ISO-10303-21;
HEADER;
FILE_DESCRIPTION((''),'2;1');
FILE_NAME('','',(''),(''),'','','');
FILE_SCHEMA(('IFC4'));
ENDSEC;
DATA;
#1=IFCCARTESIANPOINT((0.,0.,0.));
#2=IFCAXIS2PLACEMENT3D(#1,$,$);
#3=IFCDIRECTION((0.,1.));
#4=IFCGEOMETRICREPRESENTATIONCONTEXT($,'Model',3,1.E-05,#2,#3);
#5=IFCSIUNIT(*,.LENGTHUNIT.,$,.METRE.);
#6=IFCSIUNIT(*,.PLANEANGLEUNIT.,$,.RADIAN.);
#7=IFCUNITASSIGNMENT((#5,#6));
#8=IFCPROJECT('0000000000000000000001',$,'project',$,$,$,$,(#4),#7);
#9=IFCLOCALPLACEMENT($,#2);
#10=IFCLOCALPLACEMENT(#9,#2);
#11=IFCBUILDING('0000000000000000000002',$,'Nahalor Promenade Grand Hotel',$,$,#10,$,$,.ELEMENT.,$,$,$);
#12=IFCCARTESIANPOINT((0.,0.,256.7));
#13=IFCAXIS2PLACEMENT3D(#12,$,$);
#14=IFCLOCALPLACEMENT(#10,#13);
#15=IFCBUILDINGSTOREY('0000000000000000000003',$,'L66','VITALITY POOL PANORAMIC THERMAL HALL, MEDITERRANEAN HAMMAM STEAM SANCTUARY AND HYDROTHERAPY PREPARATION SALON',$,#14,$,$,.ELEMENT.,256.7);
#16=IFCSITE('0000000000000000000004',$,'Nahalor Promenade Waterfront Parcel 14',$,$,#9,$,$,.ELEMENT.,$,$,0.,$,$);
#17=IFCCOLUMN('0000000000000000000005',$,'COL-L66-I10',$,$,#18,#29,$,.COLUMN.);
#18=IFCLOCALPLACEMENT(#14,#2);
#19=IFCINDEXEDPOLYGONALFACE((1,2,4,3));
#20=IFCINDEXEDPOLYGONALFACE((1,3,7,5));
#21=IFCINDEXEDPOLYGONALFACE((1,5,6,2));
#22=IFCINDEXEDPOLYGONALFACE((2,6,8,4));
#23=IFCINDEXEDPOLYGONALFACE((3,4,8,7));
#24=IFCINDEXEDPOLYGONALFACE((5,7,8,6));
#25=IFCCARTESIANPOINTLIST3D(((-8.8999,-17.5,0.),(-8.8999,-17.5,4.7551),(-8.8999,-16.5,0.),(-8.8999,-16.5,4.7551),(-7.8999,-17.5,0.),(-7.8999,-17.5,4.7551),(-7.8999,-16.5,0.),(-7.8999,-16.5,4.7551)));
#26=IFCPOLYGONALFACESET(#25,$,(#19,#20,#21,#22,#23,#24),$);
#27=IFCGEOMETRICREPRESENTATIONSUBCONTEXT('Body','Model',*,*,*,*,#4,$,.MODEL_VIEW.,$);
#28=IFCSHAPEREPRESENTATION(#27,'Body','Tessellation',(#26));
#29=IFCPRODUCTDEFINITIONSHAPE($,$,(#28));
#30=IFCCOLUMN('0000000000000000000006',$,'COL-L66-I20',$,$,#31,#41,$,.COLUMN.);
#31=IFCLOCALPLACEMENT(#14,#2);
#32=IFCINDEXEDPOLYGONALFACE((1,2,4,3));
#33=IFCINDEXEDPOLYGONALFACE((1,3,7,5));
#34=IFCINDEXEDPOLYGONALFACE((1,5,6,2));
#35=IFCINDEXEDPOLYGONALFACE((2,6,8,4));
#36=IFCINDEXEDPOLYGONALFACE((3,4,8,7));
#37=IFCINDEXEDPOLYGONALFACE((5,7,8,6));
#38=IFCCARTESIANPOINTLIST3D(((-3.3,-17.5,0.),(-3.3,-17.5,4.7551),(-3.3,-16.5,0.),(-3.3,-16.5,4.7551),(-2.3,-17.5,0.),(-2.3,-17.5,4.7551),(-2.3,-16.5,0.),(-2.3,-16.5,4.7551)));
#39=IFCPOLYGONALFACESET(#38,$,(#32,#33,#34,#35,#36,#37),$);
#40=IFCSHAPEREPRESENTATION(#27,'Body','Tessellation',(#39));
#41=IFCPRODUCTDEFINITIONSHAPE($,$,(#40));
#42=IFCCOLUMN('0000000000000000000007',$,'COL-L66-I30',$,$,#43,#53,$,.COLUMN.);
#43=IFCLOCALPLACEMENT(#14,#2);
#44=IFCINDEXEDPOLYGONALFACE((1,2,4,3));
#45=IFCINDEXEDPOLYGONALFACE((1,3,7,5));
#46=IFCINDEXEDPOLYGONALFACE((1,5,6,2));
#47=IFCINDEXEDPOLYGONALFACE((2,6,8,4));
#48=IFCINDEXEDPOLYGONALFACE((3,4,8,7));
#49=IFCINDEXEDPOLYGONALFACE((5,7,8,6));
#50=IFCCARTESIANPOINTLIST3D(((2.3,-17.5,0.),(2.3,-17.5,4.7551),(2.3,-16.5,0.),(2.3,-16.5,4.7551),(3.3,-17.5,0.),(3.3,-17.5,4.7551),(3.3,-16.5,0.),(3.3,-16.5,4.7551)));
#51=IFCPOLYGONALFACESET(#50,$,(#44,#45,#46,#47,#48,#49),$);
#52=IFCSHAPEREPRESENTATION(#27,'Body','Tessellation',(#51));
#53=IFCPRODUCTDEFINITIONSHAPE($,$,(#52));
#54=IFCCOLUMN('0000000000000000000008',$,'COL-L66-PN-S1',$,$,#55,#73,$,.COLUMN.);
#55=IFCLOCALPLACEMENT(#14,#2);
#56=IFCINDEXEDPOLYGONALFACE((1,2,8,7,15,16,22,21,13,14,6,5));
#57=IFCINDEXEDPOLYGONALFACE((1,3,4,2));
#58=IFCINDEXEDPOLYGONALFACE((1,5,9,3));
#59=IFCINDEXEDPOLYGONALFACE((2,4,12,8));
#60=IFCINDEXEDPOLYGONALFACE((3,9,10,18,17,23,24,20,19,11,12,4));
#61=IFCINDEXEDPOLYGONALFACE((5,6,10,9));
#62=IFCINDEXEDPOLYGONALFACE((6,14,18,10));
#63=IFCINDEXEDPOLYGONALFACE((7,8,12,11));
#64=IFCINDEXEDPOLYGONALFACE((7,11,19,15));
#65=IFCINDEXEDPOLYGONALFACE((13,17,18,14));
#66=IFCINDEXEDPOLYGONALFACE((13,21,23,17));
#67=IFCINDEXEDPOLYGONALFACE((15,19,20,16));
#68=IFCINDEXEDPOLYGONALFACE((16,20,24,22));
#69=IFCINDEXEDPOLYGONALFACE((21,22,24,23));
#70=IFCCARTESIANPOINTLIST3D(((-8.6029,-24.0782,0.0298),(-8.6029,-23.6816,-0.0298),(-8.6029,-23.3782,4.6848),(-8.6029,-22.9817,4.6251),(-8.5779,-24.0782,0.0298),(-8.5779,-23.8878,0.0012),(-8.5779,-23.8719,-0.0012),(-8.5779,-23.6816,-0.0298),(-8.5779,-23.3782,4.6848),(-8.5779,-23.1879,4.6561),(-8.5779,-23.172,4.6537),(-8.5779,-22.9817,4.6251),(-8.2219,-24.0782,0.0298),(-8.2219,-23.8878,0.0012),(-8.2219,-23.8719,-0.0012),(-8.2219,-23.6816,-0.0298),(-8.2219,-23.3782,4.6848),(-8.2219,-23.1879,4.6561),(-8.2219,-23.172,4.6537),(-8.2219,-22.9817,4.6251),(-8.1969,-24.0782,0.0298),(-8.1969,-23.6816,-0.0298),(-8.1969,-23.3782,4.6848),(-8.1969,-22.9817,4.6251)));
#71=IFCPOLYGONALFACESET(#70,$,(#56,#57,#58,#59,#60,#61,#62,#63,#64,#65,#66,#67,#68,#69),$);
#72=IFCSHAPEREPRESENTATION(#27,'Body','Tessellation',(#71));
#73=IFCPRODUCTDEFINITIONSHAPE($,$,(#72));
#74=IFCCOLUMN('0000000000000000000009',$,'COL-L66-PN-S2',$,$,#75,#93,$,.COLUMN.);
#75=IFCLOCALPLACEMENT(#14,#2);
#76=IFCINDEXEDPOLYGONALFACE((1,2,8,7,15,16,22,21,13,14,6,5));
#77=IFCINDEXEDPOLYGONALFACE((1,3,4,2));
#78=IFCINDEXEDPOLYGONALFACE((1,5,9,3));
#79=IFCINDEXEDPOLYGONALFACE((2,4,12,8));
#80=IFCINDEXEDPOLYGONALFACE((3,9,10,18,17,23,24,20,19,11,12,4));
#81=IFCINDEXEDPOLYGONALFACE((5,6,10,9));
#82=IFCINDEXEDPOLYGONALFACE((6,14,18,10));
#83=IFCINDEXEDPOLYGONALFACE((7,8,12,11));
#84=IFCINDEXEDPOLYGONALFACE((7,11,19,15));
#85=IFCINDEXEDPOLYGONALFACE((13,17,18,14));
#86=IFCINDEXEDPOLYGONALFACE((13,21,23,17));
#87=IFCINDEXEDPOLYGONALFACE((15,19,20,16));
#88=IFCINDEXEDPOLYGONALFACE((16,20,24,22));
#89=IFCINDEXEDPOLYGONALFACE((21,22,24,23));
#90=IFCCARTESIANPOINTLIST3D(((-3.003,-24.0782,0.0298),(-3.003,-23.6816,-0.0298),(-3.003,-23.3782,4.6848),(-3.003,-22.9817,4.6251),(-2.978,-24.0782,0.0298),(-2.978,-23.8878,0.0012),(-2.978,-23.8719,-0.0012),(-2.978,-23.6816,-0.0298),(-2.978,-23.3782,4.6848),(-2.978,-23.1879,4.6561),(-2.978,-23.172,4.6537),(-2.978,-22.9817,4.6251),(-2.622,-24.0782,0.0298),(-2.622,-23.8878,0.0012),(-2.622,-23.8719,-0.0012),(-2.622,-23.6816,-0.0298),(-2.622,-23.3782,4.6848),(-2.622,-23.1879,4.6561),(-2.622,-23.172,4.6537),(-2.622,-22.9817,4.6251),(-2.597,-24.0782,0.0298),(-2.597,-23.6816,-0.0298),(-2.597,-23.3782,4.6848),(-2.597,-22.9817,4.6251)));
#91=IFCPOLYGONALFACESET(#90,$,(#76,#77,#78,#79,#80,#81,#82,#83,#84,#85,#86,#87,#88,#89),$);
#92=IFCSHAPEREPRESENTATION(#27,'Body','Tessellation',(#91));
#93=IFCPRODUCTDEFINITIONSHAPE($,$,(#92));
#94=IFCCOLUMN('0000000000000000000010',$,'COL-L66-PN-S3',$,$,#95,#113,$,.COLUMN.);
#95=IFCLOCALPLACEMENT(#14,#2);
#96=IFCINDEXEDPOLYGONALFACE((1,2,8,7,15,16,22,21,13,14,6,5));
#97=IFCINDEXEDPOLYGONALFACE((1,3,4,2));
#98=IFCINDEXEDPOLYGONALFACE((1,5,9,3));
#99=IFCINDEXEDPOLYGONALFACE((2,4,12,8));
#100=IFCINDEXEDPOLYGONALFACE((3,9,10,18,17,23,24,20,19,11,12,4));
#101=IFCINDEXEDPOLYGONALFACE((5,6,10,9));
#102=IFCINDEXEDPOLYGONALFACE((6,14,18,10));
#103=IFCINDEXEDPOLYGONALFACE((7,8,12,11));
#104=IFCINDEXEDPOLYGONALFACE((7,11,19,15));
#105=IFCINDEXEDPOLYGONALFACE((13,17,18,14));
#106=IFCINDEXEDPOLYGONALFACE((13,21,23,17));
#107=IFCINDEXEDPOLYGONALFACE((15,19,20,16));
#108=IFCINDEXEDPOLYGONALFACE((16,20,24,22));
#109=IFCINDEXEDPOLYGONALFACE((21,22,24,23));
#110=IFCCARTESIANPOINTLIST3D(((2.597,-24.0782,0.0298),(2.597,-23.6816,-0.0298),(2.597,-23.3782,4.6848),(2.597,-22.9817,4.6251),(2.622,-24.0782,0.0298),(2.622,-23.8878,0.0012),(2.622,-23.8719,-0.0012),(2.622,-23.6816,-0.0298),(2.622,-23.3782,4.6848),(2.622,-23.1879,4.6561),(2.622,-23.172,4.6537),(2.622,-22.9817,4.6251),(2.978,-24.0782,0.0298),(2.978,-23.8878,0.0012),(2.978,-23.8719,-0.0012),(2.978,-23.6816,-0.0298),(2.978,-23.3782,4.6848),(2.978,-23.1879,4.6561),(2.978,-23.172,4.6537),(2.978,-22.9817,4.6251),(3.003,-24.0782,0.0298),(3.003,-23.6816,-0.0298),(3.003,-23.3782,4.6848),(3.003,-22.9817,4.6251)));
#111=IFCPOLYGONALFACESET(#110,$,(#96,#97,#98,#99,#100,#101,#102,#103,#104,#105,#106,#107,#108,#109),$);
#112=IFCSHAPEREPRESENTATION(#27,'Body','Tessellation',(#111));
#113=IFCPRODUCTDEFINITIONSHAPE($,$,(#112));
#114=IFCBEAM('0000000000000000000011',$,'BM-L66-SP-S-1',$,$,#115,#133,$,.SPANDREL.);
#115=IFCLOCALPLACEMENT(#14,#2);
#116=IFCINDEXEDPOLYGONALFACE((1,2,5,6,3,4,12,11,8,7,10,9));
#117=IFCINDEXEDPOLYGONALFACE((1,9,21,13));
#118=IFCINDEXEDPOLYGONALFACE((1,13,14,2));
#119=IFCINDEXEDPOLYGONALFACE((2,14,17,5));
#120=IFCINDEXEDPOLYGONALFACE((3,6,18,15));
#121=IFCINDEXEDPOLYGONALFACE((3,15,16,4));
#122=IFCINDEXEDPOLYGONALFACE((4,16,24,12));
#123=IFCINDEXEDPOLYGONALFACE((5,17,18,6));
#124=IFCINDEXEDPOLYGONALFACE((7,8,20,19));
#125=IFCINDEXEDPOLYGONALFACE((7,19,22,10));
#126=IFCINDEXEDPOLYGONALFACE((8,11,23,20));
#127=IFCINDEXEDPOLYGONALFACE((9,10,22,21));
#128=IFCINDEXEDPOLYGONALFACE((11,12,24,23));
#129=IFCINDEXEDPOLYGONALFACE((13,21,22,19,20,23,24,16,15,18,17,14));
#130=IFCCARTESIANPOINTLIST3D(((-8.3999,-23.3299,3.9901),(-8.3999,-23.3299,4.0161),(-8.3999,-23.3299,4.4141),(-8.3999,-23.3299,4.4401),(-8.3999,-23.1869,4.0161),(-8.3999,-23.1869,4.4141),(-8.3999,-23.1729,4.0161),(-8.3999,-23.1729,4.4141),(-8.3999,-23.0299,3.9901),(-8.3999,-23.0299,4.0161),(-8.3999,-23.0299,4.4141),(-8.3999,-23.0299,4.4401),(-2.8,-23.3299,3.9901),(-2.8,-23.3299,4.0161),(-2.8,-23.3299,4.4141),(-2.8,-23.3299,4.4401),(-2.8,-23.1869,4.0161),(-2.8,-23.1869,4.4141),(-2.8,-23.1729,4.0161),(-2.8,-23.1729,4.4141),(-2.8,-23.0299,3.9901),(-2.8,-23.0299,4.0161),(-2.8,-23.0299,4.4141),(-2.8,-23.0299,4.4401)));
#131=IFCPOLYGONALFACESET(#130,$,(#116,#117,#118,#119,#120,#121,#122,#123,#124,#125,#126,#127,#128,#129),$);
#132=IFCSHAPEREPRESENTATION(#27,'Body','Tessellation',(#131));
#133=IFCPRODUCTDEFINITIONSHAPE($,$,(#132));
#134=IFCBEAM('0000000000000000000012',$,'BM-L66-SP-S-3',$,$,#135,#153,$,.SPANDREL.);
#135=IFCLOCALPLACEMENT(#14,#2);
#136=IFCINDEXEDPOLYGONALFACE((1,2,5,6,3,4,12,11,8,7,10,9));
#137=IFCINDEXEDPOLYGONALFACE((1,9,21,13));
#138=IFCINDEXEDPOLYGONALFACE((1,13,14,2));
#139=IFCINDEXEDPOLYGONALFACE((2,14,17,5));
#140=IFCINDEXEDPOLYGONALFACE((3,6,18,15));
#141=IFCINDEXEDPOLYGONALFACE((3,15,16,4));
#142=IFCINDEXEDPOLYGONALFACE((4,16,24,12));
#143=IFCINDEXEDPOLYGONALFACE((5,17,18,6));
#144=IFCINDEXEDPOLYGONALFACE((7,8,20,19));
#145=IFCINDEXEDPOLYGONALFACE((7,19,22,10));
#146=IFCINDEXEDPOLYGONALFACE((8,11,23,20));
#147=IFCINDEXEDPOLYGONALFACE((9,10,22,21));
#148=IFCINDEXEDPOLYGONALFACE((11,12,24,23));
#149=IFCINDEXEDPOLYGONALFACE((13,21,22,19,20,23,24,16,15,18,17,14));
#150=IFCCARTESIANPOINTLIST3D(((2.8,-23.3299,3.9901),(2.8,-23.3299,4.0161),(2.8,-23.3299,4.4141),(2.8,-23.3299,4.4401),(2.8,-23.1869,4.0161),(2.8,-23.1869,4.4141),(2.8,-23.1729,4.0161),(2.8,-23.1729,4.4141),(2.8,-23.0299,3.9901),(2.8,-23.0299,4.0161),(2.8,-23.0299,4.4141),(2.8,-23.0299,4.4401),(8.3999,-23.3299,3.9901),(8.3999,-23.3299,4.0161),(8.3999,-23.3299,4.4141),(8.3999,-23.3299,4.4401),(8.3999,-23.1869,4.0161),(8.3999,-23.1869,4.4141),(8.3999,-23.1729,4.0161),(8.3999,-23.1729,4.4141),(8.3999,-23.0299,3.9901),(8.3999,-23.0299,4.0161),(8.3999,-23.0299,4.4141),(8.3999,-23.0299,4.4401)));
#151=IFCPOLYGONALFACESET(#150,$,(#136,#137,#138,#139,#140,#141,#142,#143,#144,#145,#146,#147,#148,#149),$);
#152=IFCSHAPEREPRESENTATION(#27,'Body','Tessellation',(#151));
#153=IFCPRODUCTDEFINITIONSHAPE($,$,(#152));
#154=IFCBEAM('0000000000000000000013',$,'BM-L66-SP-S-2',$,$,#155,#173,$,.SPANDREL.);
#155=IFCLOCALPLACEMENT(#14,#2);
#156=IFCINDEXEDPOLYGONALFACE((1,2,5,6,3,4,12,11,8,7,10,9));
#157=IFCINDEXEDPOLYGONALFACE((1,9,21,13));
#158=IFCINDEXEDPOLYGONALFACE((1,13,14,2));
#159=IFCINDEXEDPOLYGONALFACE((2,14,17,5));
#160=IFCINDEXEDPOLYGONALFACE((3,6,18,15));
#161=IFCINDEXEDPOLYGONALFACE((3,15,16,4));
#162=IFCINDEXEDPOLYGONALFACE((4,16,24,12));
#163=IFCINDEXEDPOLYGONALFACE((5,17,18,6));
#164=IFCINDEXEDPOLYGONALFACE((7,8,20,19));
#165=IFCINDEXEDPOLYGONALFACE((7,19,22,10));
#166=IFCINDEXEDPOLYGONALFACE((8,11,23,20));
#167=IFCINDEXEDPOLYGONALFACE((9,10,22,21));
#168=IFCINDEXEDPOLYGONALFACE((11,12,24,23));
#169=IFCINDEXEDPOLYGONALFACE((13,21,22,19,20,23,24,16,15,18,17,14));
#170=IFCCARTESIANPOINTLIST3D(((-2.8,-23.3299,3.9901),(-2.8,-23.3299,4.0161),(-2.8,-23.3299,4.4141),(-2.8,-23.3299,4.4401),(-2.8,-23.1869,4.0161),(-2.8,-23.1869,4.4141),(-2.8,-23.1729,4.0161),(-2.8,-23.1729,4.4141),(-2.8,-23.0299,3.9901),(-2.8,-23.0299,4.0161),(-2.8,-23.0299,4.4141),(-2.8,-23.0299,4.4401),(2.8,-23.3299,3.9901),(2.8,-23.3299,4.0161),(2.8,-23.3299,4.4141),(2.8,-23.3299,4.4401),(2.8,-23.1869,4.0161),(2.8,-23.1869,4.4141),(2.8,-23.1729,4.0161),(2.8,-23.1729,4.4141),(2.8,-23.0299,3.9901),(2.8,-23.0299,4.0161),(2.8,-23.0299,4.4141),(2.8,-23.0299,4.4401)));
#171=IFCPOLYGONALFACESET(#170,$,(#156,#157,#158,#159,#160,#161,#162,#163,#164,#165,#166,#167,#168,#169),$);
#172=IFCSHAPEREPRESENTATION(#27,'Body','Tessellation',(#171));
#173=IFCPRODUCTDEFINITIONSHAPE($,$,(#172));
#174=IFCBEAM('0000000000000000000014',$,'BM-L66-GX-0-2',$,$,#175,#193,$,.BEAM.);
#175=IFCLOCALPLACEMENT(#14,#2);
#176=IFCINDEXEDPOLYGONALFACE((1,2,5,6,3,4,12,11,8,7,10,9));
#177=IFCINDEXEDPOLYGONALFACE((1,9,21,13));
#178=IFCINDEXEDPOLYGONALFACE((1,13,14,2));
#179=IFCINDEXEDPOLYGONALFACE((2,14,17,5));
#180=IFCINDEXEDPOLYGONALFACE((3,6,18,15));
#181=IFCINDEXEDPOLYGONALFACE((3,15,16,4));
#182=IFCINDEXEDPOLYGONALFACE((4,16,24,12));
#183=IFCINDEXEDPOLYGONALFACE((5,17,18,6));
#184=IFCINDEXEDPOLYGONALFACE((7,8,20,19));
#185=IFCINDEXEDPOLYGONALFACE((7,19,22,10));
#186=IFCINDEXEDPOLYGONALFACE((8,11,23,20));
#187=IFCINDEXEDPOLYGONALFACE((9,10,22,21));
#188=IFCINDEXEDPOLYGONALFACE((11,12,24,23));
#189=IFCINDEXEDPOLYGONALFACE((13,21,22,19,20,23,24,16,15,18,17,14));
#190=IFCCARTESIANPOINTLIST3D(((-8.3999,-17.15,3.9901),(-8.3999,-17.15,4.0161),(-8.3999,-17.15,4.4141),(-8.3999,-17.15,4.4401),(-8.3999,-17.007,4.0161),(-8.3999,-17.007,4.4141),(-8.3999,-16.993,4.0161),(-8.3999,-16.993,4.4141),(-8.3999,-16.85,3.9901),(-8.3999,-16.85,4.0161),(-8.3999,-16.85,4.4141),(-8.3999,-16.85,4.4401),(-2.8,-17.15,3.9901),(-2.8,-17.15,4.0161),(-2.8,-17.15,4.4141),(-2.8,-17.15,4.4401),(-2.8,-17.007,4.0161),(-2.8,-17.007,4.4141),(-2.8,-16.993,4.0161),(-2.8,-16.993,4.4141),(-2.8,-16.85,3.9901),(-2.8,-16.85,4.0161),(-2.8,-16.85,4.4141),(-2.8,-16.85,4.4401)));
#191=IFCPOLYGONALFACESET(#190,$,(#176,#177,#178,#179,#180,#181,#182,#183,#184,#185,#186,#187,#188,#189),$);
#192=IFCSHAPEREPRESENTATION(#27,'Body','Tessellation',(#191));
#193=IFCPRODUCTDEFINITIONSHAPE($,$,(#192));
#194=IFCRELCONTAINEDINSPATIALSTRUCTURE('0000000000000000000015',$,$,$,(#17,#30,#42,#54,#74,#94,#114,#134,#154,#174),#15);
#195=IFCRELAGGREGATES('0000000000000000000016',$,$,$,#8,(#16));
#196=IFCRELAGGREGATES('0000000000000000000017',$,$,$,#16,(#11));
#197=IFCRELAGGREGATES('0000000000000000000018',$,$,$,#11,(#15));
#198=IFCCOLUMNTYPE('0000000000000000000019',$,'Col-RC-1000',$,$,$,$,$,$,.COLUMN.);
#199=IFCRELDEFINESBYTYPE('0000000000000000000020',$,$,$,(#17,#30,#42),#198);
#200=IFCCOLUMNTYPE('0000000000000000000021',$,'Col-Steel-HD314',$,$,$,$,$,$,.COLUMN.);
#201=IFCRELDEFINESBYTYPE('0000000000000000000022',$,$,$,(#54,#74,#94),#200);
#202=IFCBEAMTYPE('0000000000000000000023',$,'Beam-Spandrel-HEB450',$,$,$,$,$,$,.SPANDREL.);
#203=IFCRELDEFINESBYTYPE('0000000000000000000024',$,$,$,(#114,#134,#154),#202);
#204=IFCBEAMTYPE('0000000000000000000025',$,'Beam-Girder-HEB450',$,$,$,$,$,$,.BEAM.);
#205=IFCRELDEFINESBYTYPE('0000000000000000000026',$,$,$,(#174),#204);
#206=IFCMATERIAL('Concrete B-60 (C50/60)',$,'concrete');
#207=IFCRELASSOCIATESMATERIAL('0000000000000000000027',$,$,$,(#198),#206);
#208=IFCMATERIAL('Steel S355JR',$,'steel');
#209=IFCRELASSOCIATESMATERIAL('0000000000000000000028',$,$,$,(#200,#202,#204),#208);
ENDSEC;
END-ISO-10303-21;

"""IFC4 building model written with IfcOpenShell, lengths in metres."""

from ifc_helpers import new_model, si_unit, direction, frame, origin, origin_2d, place, context, subcontext, project, spatial, rectangle, i_section, extrude, source, transform, mapped, material, material_profile, profile_set, type_object, element, save


model = new_model("IFC4")

# Units and contexts
model_context = context("Model", 3, precision=1e-05, world=origin(), true_north=direction((0.0, 1.0)))
body_context = subcontext(model_context, "Body", "Model", "MODEL_VIEW")
ifc_project = project(units=[si_unit("LENGTHUNIT", "METRE"), si_unit("PLANEANGLEUNIT", "RADIAN")], contexts=[model_context])

# Site, building, storey
site_placement = place(None, origin())
site = spatial("IfcSite", under=ifc_project, at=site_placement, Name="Nahalor Promenade Waterfront Parcel 14", CompositionType="ELEMENT", RefElevation=0.0)
building_placement = place(site_placement, origin())
building = spatial("IfcBuilding", under=site, at=building_placement, Name="Nahalor Promenade Grand Hotel", CompositionType="ELEMENT")
storey_placement = place(building_placement, frame((0.0, 0.0, 256.7)))
storey = spatial("IfcBuildingStorey", under=building, at=storey_placement, Name="L66", Description="VITALITY POOL PANORAMIC THERMAL HALL, MEDITERRANEAN HAMMAM STEAM SANCTUARY AND HYDROTHERAPY PREPARATION SALON", CompositionType="ELEMENT", Elevation=256.7)

# Columns
ifc_material_1 = material(Name="Concrete B-60 (C50/60)", Category="concrete")
ifc_material_profile_1 = material_profile(ifc_material_1, rectangle(XDim=1.0, YDim=1.0, at=origin_2d()), Name="RC 1000x1000")
ifc_profile_set_1 = profile_set([ifc_material_profile_1], Name="Concrete B-60 (C50/60)")
column_type_1 = type_object("IfcColumnType", Name="Col-RC-1000", PredefinedType="COLUMN", material=ifc_profile_set_1)
shared_shape_1 = source(origin(), body_context, "Body", "SweptSolid", [
    extrude(rectangle(XDim=1.0, YDim=1.0, at=origin_2d()), origin(), (0.0, 0.0, 1.0), 4.7551),
])
for number, where, z_axis, x_axis, name in (
    (1, (-8.3999, -17.0, 0.0), (0.0, 0.0, 1.0), (1.0, 0.0, 0.0), "COL-L66-I10"),
    (2, (-2.8, -17.0, 0.0), (0.0, 0.0, 1.0), (1.0, 0.0, 0.0), "COL-L66-I20"),
    (3, (2.8, -17.0, 0.0), (0.0, 0.0, 1.0), (1.0, 0.0, 0.0), "COL-L66-I30"),
):
    element("IfcColumn", number, at=place(storey_placement, frame(where, z_axis=z_axis, x_axis=x_axis)), inside=storey, type_object=column_type_1, Name=name, PredefinedType="COLUMN", context=body_context, shape_type="MappedRepresentation", body=[
        mapped(shared_shape_1, transform((0.0, 0.0, 0.0), scale=1.0)),
    ])
ifc_material_2 = material(Name="Steel S355JR", Category="steel")
ifc_material_profile_2 = material_profile(ifc_material_2, i_section(OverallWidth=0.401, OverallDepth=0.406, WebThickness=0.0161, FlangeThickness=0.025, at=origin_2d()), Name="HD 400x314")
ifc_profile_set_2 = profile_set([ifc_material_profile_2], Name="Steel S355JR")
column_type_2 = type_object("IfcColumnType", Name="Col-Steel-HD314", PredefinedType="COLUMN", material=ifc_profile_set_2)
shared_shape_2 = source(origin(), body_context, "Body", "SweptSolid", [
    extrude(i_section(OverallWidth=0.401, OverallDepth=0.406, WebThickness=0.0161, FlangeThickness=0.025, at=origin_2d()), origin(), (0.0, 0.0, 1.0), 4.7073),
])
for number, where, z_axis, x_axis, name in (
    (4, (-8.3999, -23.8799, 0.0), (0.0, 0.148693, 0.988883), (0.0, -0.988883, 0.148693), "COL-L66-PN-S1"),
    (5, (-2.8, -23.8799, 0.0), (0.0, 0.148693, 0.988883), (0.0, -0.988883, 0.148693), "COL-L66-PN-S2"),
    (6, (2.8, -23.8799, 0.0), (0.0, 0.148693, 0.988883), (0.0, -0.988883, 0.148693), "COL-L66-PN-S3"),
):
    element("IfcColumn", number, at=place(storey_placement, frame(where, z_axis=z_axis, x_axis=x_axis)), inside=storey, type_object=column_type_2, Name=name, PredefinedType="COLUMN", context=body_context, shape_type="MappedRepresentation", body=[
        mapped(shared_shape_2, transform((0.0, 0.0, 0.0), scale=1.0)),
    ])

# Beams
ifc_material_profile_3 = material_profile(ifc_material_2, i_section(OverallWidth=0.3, OverallDepth=0.45, WebThickness=0.014, FlangeThickness=0.026, at=origin_2d()), Name="HEB 450")
ifc_profile_set_3 = profile_set([ifc_material_profile_3], Name="Steel S355JR")
beam_type_1 = type_object("IfcBeamType", Name="Beam-Spandrel-HEB450", PredefinedType="SPANDREL", material=ifc_profile_set_3)
shared_shape_3 = source(origin(), body_context, "Body", "SweptSolid", [
    extrude(i_section(OverallWidth=0.3, OverallDepth=0.45, WebThickness=0.014, FlangeThickness=0.026, at=origin_2d()), origin(), (0.0, 0.0, 1.0), 5.5999),
])
for number, where, z_axis, x_axis, name in (
    (7, (-8.3999, -23.1799, 4.2151), (1.0, 0.0, 0.0), (0.0, 1.0, 0.0), "BM-L66-SP-S-1"),
    (8, (2.8, -23.1799, 4.2151), (1.0, 0.0, 0.0), (0.0, 1.0, 0.0), "BM-L66-SP-S-3"),
):
    element("IfcBeam", number, at=place(storey_placement, frame(where, z_axis=z_axis, x_axis=x_axis)), inside=storey, type_object=beam_type_1, Name=name, PredefinedType="SPANDREL", context=body_context, shape_type="MappedRepresentation", body=[
        mapped(shared_shape_3, transform((0.0, 0.0, 0.0), scale=1.0)),
    ])
shared_shape_4 = source(origin(), body_context, "Body", "SweptSolid", [
    extrude(i_section(OverallWidth=0.3, OverallDepth=0.45, WebThickness=0.014, FlangeThickness=0.026, at=origin_2d()), origin(), (0.0, 0.0, 1.0), 5.6001),
])
beam_1_placement = place(storey_placement, frame((-2.8, -23.1799, 4.2151), z_axis=(1.0, 0.0, 0.0), x_axis=(0.0, 1.0, 0.0)))
element("IfcBeam", 9, at=beam_1_placement, inside=storey, type_object=beam_type_1, Name="BM-L66-SP-S-2", PredefinedType="SPANDREL", context=body_context, shape_type="MappedRepresentation", body=[
    mapped(shared_shape_4, transform((0.0, 0.0, 0.0), scale=1.0)),
])
ifc_material_profile_4 = material_profile(ifc_material_2, i_section(OverallWidth=0.3, OverallDepth=0.45, WebThickness=0.014, FlangeThickness=0.026, at=origin_2d()), Name="HEB 450")
ifc_profile_set_4 = profile_set([ifc_material_profile_4], Name="Steel S355JR")
beam_type_2 = type_object("IfcBeamType", Name="Beam-Girder-HEB450", PredefinedType="BEAM", material=ifc_profile_set_4)
shared_shape_5 = source(origin(), body_context, "Body", "SweptSolid", [
    extrude(i_section(OverallWidth=0.3, OverallDepth=0.45, WebThickness=0.014, FlangeThickness=0.026, at=origin_2d()), origin(), (0.0, 0.0, 1.0), 5.5999),
])
beam_2_placement = place(storey_placement, frame((-8.3999, -17.0, 4.2151), z_axis=(1.0, 0.0, 0.0), x_axis=(0.0, 1.0, 0.0)))
element("IfcBeam", 10, at=beam_2_placement, inside=storey, type_object=beam_type_2, Name="BM-L66-GX-0-2", PredefinedType="BEAM", context=body_context, shape_type="MappedRepresentation", body=[
    mapped(shared_shape_5, transform((0.0, 0.0, 0.0), scale=1.0)),
])

save(model, "model.ifc")
